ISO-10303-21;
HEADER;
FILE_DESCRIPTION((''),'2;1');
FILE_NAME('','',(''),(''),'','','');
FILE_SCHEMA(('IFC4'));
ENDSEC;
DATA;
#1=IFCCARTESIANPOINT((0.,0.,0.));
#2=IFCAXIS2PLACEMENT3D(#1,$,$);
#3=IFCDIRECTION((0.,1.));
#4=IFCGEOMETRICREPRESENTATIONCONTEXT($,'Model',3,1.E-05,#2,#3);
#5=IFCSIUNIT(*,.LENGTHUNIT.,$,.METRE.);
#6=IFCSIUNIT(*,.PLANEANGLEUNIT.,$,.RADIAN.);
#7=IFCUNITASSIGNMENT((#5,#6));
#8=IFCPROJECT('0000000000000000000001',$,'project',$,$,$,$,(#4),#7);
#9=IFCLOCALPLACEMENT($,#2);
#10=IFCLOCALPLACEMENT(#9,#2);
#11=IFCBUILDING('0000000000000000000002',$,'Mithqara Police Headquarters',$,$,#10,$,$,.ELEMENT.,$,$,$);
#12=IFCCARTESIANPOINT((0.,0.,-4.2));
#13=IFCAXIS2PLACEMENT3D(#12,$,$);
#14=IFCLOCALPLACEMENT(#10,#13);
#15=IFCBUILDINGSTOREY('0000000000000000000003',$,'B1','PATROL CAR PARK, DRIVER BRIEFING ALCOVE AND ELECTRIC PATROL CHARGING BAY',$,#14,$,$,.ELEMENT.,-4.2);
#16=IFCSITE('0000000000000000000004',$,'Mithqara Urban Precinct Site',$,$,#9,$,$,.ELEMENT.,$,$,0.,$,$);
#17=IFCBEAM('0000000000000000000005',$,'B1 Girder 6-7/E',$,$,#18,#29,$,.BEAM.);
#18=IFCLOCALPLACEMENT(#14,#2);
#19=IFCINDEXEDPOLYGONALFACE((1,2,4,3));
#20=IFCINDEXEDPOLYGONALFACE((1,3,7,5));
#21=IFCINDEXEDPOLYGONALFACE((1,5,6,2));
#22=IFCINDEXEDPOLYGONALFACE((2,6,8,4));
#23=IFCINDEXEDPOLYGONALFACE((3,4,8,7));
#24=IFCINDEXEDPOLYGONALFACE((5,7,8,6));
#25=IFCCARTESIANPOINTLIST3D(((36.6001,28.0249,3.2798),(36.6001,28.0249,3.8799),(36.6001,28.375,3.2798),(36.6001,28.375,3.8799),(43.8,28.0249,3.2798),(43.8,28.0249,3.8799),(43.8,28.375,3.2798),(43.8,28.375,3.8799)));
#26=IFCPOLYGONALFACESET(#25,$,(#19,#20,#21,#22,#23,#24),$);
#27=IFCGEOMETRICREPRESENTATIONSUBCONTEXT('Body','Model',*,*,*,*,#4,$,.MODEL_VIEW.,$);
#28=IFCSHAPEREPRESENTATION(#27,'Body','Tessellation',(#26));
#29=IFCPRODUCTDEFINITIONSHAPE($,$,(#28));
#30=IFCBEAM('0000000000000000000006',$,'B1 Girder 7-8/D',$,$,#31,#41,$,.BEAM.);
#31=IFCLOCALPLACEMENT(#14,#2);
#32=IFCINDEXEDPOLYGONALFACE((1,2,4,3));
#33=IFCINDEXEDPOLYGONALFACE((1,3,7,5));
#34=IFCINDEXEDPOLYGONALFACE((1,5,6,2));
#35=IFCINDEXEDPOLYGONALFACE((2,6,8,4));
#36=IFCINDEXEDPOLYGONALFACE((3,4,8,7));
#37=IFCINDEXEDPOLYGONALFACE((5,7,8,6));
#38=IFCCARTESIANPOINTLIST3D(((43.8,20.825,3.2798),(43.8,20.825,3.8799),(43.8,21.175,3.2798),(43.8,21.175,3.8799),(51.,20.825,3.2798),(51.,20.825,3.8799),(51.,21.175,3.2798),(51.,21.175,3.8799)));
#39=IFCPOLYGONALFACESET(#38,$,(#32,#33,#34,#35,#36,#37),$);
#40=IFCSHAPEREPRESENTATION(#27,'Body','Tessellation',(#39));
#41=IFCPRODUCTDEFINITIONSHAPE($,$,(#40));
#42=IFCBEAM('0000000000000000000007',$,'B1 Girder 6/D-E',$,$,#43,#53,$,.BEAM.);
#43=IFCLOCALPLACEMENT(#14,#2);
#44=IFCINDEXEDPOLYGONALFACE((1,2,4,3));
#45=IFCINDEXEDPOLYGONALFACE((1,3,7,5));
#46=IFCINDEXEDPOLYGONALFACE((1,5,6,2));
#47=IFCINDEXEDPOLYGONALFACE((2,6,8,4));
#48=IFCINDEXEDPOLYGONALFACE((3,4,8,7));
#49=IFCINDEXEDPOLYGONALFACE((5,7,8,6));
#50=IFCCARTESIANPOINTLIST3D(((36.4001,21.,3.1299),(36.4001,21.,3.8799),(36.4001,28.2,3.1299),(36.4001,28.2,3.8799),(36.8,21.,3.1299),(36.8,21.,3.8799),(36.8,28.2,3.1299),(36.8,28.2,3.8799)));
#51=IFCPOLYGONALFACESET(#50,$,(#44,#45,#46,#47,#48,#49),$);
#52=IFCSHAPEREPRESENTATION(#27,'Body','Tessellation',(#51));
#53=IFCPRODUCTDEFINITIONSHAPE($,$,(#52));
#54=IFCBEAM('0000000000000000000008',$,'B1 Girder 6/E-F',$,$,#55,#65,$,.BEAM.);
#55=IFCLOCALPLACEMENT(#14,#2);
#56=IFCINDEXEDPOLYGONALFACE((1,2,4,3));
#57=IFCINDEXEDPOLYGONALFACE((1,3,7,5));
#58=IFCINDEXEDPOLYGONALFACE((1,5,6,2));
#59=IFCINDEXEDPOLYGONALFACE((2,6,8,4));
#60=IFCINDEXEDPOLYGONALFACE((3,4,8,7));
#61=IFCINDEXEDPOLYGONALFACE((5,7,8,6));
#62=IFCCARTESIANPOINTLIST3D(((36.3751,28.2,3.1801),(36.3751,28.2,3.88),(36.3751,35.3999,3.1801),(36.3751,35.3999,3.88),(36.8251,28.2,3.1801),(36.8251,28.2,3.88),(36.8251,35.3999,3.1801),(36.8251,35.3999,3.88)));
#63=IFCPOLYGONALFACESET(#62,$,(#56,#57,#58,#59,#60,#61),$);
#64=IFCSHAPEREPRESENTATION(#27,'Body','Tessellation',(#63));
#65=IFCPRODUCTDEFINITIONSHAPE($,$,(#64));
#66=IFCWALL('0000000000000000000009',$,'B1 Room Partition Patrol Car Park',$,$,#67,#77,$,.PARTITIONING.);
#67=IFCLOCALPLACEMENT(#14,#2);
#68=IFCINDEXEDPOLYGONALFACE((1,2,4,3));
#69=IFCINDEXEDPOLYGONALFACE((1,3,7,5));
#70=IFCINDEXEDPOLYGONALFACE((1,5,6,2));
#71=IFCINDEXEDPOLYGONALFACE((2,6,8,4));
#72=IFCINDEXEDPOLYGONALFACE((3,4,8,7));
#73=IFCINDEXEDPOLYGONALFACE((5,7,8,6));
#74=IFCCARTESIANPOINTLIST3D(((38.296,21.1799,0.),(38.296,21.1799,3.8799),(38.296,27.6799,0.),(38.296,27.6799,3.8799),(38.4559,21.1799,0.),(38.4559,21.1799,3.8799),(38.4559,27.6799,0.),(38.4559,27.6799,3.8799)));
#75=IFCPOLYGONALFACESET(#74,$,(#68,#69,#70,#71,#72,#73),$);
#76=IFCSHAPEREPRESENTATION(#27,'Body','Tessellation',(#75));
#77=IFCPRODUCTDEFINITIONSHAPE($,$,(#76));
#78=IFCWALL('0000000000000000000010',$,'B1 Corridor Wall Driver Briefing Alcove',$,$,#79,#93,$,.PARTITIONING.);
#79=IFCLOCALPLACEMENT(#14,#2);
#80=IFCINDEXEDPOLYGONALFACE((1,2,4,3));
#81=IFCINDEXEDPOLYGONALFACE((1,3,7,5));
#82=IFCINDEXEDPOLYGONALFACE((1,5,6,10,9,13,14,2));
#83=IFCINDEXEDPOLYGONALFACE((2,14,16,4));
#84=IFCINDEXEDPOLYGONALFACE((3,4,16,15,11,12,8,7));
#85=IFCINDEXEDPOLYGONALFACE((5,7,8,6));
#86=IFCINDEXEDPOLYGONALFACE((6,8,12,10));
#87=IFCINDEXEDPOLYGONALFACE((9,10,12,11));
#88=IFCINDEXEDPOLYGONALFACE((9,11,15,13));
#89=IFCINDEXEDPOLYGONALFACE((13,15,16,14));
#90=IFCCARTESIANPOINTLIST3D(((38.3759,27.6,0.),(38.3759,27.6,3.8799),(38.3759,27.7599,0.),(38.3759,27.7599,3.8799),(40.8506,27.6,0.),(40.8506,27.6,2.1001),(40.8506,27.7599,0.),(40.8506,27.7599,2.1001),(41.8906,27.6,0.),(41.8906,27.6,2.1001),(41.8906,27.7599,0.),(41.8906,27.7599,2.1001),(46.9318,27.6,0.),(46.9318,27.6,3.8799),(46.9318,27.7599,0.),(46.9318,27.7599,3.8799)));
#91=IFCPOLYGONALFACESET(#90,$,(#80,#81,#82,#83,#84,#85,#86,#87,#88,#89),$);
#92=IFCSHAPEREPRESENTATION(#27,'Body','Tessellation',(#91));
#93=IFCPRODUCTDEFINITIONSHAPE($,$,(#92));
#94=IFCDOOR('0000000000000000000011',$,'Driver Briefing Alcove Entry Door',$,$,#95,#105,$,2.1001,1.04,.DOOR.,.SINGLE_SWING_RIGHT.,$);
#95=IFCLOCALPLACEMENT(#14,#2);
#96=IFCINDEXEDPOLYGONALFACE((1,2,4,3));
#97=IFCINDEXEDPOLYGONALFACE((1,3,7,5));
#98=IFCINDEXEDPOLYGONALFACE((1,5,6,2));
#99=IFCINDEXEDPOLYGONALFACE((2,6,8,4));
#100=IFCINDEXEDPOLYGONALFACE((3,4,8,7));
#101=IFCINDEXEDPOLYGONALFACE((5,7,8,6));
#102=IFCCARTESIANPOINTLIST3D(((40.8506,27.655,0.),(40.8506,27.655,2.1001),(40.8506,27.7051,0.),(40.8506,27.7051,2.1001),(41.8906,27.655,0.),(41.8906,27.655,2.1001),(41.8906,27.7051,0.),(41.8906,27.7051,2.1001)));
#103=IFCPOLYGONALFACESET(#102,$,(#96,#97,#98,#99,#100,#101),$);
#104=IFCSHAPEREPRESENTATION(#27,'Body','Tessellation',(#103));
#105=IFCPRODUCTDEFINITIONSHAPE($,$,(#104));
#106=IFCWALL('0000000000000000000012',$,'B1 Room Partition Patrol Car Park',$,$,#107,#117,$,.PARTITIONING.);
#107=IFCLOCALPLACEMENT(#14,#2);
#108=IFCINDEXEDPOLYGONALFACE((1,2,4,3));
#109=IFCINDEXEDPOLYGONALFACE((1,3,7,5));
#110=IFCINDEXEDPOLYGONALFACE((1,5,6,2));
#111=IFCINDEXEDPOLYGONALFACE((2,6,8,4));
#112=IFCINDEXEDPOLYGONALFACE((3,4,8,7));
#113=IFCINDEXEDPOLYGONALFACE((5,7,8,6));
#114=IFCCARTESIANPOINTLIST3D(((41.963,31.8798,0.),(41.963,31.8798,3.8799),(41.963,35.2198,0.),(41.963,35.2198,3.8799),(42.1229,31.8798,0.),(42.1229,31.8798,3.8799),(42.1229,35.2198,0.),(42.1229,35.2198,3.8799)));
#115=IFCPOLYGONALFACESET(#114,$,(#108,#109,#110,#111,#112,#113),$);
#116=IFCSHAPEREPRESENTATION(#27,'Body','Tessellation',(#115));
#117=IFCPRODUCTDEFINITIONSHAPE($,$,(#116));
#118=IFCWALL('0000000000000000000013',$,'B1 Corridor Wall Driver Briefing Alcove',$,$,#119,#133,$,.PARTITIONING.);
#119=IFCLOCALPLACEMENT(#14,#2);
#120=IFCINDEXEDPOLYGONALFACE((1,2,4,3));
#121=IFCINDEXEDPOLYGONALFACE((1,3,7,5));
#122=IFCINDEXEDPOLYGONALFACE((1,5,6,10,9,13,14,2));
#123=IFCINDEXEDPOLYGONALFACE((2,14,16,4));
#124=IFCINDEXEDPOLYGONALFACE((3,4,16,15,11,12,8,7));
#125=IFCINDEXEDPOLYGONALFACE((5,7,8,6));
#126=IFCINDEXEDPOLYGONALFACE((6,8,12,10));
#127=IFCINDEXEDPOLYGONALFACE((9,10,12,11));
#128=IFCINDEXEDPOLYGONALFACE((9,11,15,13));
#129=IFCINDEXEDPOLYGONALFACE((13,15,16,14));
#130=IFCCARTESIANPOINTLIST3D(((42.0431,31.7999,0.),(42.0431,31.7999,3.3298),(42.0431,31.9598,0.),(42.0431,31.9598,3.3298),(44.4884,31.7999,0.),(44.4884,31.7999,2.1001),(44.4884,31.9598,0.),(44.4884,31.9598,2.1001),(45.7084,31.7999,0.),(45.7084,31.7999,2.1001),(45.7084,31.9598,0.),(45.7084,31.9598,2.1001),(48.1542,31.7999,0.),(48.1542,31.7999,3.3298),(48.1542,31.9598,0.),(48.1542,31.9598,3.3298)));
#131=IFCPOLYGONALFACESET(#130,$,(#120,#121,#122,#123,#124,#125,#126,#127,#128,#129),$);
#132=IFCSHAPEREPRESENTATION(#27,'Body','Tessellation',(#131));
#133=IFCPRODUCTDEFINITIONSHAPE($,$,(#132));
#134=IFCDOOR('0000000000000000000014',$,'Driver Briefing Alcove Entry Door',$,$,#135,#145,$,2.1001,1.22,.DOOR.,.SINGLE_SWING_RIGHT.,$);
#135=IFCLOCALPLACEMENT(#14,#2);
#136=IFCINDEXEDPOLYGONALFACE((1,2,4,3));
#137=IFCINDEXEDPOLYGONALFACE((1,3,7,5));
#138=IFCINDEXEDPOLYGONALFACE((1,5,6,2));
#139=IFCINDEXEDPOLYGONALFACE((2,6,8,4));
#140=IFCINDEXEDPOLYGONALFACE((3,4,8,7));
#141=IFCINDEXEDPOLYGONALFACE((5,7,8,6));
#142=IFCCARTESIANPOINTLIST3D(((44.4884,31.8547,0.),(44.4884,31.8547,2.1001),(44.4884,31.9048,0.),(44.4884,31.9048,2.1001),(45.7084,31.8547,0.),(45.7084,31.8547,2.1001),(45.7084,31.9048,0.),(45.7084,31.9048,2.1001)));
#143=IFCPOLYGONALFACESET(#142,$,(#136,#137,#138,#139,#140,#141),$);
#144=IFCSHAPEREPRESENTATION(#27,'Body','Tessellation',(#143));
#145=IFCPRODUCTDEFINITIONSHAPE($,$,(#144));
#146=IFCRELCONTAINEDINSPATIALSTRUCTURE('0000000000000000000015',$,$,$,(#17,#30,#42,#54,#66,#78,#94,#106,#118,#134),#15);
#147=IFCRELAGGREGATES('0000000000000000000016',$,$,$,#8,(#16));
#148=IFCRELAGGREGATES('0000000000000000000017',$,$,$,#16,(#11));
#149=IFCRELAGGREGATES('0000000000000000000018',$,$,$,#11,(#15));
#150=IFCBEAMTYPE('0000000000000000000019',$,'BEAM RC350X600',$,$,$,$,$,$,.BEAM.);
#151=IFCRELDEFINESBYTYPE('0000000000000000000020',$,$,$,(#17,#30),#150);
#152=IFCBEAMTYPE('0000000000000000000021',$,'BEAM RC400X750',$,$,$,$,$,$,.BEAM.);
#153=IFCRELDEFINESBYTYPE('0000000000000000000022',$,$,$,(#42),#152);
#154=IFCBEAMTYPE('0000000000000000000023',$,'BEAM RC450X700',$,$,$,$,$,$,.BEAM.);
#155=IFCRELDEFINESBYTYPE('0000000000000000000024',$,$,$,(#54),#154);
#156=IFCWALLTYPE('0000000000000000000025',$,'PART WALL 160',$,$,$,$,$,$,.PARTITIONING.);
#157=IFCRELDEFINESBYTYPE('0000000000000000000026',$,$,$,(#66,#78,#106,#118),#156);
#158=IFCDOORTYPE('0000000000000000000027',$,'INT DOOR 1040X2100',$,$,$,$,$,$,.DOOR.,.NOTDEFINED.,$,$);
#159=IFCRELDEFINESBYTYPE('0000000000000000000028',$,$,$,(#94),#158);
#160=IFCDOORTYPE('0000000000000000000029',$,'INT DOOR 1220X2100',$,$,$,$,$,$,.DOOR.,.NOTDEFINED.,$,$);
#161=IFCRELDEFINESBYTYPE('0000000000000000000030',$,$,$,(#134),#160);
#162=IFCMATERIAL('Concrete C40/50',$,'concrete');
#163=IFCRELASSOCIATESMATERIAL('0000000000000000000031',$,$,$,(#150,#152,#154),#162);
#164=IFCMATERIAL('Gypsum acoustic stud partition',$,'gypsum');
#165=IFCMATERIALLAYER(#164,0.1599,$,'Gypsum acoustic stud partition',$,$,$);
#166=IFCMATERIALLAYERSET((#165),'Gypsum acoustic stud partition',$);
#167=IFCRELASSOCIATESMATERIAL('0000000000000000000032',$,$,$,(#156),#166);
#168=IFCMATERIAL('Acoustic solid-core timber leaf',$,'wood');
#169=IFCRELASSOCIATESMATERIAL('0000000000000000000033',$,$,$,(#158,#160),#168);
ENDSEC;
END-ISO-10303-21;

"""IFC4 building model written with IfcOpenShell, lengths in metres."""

from ifc_helpers import new_model, si_unit, direction, frame, frame_2d, origin, origin_2d, place, context, subcontext, project, spatial, rectangle, extrude, material, layer, layer_set, material_profile, profile_set, type_object, element, fill, save


model = new_model("IFC4")

# Units and contexts
model_context = context("Model", 3, precision=1e-05, world=origin(), true_north=direction((0.0, 1.0)))
body_context = subcontext(model_context, "Body", "Model", "MODEL_VIEW")
ifc_project = project(units=[si_unit("LENGTHUNIT", "METRE"), si_unit("PLANEANGLEUNIT", "RADIAN")], contexts=[model_context])

# Site, building, storey
site_placement = place(None, origin())
site = spatial("IfcSite", under=ifc_project, at=site_placement, Name="Mithqara Urban Precinct Site", CompositionType="ELEMENT", RefElevation=0.0)
building_placement = place(site_placement, origin())
building = spatial("IfcBuilding", under=site, at=building_placement, Name="Mithqara Police Headquarters", CompositionType="ELEMENT")
storey_placement = place(building_placement, frame((0.0, 0.0, -4.2)))
storey = spatial("IfcBuildingStorey", under=building, at=storey_placement, Name="B1", Description="PATROL CAR PARK, DRIVER BRIEFING ALCOVE AND ELECTRIC PATROL CHARGING BAY", CompositionType="ELEMENT", Elevation=-4.2)

# Shared definitions
ifc_material_1 = material(Name="Concrete C40/50", Category="concrete")

# Beams
ifc_material_profile_1 = material_profile(ifc_material_1, rectangle(XDim=0.3501, YDim=0.6001, at=origin_2d()), Name="RC 350x600")
ifc_profile_set_1 = profile_set([ifc_material_profile_1], Name="Concrete C40/50")
beam_type_1 = type_object("IfcBeamType", Name="BEAM RC350X600", PredefinedType="BEAM", material=ifc_profile_set_1)
for number, where, z_axis, x_axis, name in (
    (1, (36.6001, 28.2, 3.5798), (1.0, 0.0, 0.0), (0.0, 1.0, 0.0), "B1 Girder 6-7/E"),
    (2, (43.8, 21.0, 3.5798), (1.0, 0.0, 0.0), (0.0, 1.0, 0.0), "B1 Girder 7-8/D"),
):
    element("IfcBeam", number, at=place(storey_placement, frame(where, z_axis=z_axis, x_axis=x_axis)), inside=storey, type_object=beam_type_1, Name=name, PredefinedType="BEAM", context=body_context, shape_type="SweptSolid", body=[
        extrude(rectangle(XDim=0.3501, YDim=0.6001, at=origin_2d()), origin(), (0.0, 0.0, 1.0), 7.2),
    ])
ifc_material_profile_2 = material_profile(ifc_material_1, rectangle(XDim=0.3999, YDim=0.75, at=origin_2d()), Name="RC 400x750")
ifc_profile_set_2 = profile_set([ifc_material_profile_2], Name="Concrete C40/50")
beam_type_2 = type_object("IfcBeamType", Name="BEAM RC400X750", PredefinedType="BEAM", material=ifc_profile_set_2)
beam_1_placement = place(storey_placement, frame((36.6001, 21.0, 3.5049), z_axis=(0.0, 1.0, 0.0), x_axis=(-1.0, 0.0, 0.0)))
element("IfcBeam", 3, at=beam_1_placement, inside=storey, type_object=beam_type_2, Name="B1 Girder 6/D-E", PredefinedType="BEAM", context=body_context, shape_type="SweptSolid", body=[
    extrude(rectangle(XDim=0.3999, YDim=0.75, at=origin_2d()), origin(), (0.0, 0.0, 1.0), 7.2),
])
ifc_material_profile_3 = material_profile(ifc_material_1, rectangle(XDim=0.45, YDim=0.7, at=origin_2d()), Name="RC 450x700")
ifc_profile_set_3 = profile_set([ifc_material_profile_3], Name="Concrete C40/50")
beam_type_3 = type_object("IfcBeamType", Name="BEAM RC450X700", PredefinedType="BEAM", material=ifc_profile_set_3)
beam_2_placement = place(storey_placement, frame((36.6001, 28.2, 3.53), z_axis=(0.0, 1.0, 0.0), x_axis=(-1.0, 0.0, 0.0)))
element("IfcBeam", 4, at=beam_2_placement, inside=storey, type_object=beam_type_3, Name="B1 Girder 6/E-F", PredefinedType="BEAM", context=body_context, shape_type="SweptSolid", body=[
    extrude(rectangle(XDim=0.45, YDim=0.7, at=origin_2d()), origin(), (0.0, 0.0, 1.0), 7.2),
])

# Wall
ifc_material_2 = material(Name="Gypsum acoustic stud partition", Category="gypsum")
ifc_layer = layer(ifc_material_2, 0.1599, Name="Gypsum acoustic stud partition")
ifc_layer_set = layer_set([ifc_layer], Name="Gypsum acoustic stud partition")
wall_type = type_object("IfcWallType", Name="PART WALL 160", PredefinedType="PARTITIONING", material=ifc_layer_set)
wall_1_placement = place(storey_placement, frame((38.376, 21.1799, 0.0), z_axis=(0.0, 0.0, 1.0), x_axis=(0.0, 1.0, 0.0)))
element("IfcWall", 5, at=wall_1_placement, inside=storey, type_object=wall_type, Name="B1 Room Partition Patrol Car Park", PredefinedType="PARTITIONING", context=body_context, shape_type="SweptSolid", body=[
    extrude(rectangle(XDim=6.5, YDim=0.1599, at=frame_2d((3.25, 0.0))), origin(), (0.0, 0.0, 1.0), 3.8799),
])

# Wall, opening, door
wall_2_placement = place(storey_placement, frame((38.376, 27.6799, 0.0), z_axis=(0.0, 0.0, 1.0), x_axis=(1.0, 0.0, 0.0)))
wall_2 = element("IfcWall", 6, at=wall_2_placement, inside=storey, type_object=wall_type, Name="B1 Corridor Wall Driver Briefing Alcove", PredefinedType="PARTITIONING", context=body_context, shape_type="SweptSolid", body=[
    extrude(rectangle(XDim=8.5559, YDim=0.1599, at=frame_2d((4.2778, 0.0))), origin(), (0.0, 0.0, 1.0), 3.8799),
])
opening_1_placement = place(wall_2_placement, frame((2.4746, 0.0, 0.0)))
opening_1 = element("IfcOpeningElement", 7, at=opening_1_placement, cuts=wall_2, PredefinedType="OPENING", context=body_context, shape_type="SweptSolid", body=[
    extrude(rectangle(XDim=1.04, YDim=2.1001, at=frame_2d((0.52, 1.05))), frame((0.0, 0.0898, 0.0), z_axis=(0.0, -1.0, 0.0), x_axis=(1.0, 0.0, 0.0)), (0.0, 0.0, 1.0), 0.1799),
])
ifc_material_3 = material(Name="Acoustic solid-core timber leaf", Category="wood")
door_type_1 = type_object("IfcDoorType", Name="INT DOOR 1040X2100", OperationType="NOTDEFINED", PredefinedType="DOOR", material=ifc_material_3)
door_1_placement = place(opening_1_placement, frame((1.04, 0.0, 0.0), z_axis=(0.0, 0.0, 1.0), x_axis=(-1.0, 0.0, 0.0)))
door_1 = element("IfcDoor", 8, at=door_1_placement, inside=storey, type_object=door_type_1, Name="Driver Briefing Alcove Entry Door", OperationType="SINGLE_SWING_RIGHT", OverallHeight=2.1001, OverallWidth=1.04, PredefinedType="DOOR", context=body_context, shape_type="SweptSolid", body=[
    extrude(rectangle(XDim=1.04, YDim=2.1001, at=frame_2d((0.52, 1.05))), frame((0.0, 0.0249, 0.0), z_axis=(0.0, -1.0, 0.0), x_axis=(1.0, 0.0, 0.0)), (0.0, 0.0, 1.0), 0.05),
])
fill(opening_1, door_1)

# Wall
wall_3_placement = place(storey_placement, frame((42.043, 31.8799, 0.0), z_axis=(0.0, 0.0, 1.0), x_axis=(0.0, 1.0, 0.0)))
element("IfcWall", 9, at=wall_3_placement, inside=storey, type_object=wall_type, Name="B1 Room Partition Patrol Car Park", PredefinedType="PARTITIONING", context=body_context, shape_type="SweptSolid", body=[
    extrude(rectangle(XDim=3.3401, YDim=0.1599, at=frame_2d((1.6699, 0.0))), origin(), (0.0, 0.0, 1.0), 3.8799),
])

# Wall, opening, door
wall_4_placement = place(storey_placement, frame((42.043, 31.8799, 0.0), z_axis=(0.0, 0.0, 1.0), x_axis=(1.0, 0.0, 0.0)))
wall_4 = element("IfcWall", 10, at=wall_4_placement, inside=storey, type_object=wall_type, Name="B1 Corridor Wall Driver Briefing Alcove", PredefinedType="PARTITIONING", context=body_context, shape_type="SweptSolid", body=[
    extrude(rectangle(XDim=6.1111, YDim=0.1599, at=frame_2d((3.0557, 0.0))), origin(), (0.0, 0.0, 1.0), 3.3298),
])
opening_2_placement = place(wall_4_placement, frame((2.4456, 0.0, 0.0)))
opening_2 = element("IfcOpeningElement", 11, at=opening_2_placement, cuts=wall_4, PredefinedType="OPENING", context=body_context, shape_type="SweptSolid", body=[
    extrude(rectangle(XDim=1.22, YDim=2.1001, at=frame_2d((0.6099, 1.05))), frame((0.0, 0.0898, 0.0), z_axis=(0.0, -1.0, 0.0), x_axis=(1.0, 0.0, 0.0)), (0.0, 0.0, 1.0), 0.1799),
])
door_type_2 = type_object("IfcDoorType", Name="INT DOOR 1220X2100", OperationType="NOTDEFINED", PredefinedType="DOOR", material=ifc_material_3)
door_2_placement = place(opening_2_placement, origin())
door_2 = element("IfcDoor", 12, at=door_2_placement, inside=storey, type_object=door_type_2, Name="Driver Briefing Alcove Entry Door", OperationType="SINGLE_SWING_RIGHT", OverallHeight=2.1001, OverallWidth=1.22, PredefinedType="DOOR", context=body_context, shape_type="SweptSolid", body=[
    extrude(rectangle(XDim=1.22, YDim=2.1001, at=frame_2d((0.6099, 1.05))), frame((0.0, 0.0249, 0.0), z_axis=(0.0, -1.0, 0.0), x_axis=(1.0, 0.0, 0.0)), (0.0, 0.0, 1.0), 0.05),
])
fill(opening_2, door_2)

save(model, "model.ifc")
